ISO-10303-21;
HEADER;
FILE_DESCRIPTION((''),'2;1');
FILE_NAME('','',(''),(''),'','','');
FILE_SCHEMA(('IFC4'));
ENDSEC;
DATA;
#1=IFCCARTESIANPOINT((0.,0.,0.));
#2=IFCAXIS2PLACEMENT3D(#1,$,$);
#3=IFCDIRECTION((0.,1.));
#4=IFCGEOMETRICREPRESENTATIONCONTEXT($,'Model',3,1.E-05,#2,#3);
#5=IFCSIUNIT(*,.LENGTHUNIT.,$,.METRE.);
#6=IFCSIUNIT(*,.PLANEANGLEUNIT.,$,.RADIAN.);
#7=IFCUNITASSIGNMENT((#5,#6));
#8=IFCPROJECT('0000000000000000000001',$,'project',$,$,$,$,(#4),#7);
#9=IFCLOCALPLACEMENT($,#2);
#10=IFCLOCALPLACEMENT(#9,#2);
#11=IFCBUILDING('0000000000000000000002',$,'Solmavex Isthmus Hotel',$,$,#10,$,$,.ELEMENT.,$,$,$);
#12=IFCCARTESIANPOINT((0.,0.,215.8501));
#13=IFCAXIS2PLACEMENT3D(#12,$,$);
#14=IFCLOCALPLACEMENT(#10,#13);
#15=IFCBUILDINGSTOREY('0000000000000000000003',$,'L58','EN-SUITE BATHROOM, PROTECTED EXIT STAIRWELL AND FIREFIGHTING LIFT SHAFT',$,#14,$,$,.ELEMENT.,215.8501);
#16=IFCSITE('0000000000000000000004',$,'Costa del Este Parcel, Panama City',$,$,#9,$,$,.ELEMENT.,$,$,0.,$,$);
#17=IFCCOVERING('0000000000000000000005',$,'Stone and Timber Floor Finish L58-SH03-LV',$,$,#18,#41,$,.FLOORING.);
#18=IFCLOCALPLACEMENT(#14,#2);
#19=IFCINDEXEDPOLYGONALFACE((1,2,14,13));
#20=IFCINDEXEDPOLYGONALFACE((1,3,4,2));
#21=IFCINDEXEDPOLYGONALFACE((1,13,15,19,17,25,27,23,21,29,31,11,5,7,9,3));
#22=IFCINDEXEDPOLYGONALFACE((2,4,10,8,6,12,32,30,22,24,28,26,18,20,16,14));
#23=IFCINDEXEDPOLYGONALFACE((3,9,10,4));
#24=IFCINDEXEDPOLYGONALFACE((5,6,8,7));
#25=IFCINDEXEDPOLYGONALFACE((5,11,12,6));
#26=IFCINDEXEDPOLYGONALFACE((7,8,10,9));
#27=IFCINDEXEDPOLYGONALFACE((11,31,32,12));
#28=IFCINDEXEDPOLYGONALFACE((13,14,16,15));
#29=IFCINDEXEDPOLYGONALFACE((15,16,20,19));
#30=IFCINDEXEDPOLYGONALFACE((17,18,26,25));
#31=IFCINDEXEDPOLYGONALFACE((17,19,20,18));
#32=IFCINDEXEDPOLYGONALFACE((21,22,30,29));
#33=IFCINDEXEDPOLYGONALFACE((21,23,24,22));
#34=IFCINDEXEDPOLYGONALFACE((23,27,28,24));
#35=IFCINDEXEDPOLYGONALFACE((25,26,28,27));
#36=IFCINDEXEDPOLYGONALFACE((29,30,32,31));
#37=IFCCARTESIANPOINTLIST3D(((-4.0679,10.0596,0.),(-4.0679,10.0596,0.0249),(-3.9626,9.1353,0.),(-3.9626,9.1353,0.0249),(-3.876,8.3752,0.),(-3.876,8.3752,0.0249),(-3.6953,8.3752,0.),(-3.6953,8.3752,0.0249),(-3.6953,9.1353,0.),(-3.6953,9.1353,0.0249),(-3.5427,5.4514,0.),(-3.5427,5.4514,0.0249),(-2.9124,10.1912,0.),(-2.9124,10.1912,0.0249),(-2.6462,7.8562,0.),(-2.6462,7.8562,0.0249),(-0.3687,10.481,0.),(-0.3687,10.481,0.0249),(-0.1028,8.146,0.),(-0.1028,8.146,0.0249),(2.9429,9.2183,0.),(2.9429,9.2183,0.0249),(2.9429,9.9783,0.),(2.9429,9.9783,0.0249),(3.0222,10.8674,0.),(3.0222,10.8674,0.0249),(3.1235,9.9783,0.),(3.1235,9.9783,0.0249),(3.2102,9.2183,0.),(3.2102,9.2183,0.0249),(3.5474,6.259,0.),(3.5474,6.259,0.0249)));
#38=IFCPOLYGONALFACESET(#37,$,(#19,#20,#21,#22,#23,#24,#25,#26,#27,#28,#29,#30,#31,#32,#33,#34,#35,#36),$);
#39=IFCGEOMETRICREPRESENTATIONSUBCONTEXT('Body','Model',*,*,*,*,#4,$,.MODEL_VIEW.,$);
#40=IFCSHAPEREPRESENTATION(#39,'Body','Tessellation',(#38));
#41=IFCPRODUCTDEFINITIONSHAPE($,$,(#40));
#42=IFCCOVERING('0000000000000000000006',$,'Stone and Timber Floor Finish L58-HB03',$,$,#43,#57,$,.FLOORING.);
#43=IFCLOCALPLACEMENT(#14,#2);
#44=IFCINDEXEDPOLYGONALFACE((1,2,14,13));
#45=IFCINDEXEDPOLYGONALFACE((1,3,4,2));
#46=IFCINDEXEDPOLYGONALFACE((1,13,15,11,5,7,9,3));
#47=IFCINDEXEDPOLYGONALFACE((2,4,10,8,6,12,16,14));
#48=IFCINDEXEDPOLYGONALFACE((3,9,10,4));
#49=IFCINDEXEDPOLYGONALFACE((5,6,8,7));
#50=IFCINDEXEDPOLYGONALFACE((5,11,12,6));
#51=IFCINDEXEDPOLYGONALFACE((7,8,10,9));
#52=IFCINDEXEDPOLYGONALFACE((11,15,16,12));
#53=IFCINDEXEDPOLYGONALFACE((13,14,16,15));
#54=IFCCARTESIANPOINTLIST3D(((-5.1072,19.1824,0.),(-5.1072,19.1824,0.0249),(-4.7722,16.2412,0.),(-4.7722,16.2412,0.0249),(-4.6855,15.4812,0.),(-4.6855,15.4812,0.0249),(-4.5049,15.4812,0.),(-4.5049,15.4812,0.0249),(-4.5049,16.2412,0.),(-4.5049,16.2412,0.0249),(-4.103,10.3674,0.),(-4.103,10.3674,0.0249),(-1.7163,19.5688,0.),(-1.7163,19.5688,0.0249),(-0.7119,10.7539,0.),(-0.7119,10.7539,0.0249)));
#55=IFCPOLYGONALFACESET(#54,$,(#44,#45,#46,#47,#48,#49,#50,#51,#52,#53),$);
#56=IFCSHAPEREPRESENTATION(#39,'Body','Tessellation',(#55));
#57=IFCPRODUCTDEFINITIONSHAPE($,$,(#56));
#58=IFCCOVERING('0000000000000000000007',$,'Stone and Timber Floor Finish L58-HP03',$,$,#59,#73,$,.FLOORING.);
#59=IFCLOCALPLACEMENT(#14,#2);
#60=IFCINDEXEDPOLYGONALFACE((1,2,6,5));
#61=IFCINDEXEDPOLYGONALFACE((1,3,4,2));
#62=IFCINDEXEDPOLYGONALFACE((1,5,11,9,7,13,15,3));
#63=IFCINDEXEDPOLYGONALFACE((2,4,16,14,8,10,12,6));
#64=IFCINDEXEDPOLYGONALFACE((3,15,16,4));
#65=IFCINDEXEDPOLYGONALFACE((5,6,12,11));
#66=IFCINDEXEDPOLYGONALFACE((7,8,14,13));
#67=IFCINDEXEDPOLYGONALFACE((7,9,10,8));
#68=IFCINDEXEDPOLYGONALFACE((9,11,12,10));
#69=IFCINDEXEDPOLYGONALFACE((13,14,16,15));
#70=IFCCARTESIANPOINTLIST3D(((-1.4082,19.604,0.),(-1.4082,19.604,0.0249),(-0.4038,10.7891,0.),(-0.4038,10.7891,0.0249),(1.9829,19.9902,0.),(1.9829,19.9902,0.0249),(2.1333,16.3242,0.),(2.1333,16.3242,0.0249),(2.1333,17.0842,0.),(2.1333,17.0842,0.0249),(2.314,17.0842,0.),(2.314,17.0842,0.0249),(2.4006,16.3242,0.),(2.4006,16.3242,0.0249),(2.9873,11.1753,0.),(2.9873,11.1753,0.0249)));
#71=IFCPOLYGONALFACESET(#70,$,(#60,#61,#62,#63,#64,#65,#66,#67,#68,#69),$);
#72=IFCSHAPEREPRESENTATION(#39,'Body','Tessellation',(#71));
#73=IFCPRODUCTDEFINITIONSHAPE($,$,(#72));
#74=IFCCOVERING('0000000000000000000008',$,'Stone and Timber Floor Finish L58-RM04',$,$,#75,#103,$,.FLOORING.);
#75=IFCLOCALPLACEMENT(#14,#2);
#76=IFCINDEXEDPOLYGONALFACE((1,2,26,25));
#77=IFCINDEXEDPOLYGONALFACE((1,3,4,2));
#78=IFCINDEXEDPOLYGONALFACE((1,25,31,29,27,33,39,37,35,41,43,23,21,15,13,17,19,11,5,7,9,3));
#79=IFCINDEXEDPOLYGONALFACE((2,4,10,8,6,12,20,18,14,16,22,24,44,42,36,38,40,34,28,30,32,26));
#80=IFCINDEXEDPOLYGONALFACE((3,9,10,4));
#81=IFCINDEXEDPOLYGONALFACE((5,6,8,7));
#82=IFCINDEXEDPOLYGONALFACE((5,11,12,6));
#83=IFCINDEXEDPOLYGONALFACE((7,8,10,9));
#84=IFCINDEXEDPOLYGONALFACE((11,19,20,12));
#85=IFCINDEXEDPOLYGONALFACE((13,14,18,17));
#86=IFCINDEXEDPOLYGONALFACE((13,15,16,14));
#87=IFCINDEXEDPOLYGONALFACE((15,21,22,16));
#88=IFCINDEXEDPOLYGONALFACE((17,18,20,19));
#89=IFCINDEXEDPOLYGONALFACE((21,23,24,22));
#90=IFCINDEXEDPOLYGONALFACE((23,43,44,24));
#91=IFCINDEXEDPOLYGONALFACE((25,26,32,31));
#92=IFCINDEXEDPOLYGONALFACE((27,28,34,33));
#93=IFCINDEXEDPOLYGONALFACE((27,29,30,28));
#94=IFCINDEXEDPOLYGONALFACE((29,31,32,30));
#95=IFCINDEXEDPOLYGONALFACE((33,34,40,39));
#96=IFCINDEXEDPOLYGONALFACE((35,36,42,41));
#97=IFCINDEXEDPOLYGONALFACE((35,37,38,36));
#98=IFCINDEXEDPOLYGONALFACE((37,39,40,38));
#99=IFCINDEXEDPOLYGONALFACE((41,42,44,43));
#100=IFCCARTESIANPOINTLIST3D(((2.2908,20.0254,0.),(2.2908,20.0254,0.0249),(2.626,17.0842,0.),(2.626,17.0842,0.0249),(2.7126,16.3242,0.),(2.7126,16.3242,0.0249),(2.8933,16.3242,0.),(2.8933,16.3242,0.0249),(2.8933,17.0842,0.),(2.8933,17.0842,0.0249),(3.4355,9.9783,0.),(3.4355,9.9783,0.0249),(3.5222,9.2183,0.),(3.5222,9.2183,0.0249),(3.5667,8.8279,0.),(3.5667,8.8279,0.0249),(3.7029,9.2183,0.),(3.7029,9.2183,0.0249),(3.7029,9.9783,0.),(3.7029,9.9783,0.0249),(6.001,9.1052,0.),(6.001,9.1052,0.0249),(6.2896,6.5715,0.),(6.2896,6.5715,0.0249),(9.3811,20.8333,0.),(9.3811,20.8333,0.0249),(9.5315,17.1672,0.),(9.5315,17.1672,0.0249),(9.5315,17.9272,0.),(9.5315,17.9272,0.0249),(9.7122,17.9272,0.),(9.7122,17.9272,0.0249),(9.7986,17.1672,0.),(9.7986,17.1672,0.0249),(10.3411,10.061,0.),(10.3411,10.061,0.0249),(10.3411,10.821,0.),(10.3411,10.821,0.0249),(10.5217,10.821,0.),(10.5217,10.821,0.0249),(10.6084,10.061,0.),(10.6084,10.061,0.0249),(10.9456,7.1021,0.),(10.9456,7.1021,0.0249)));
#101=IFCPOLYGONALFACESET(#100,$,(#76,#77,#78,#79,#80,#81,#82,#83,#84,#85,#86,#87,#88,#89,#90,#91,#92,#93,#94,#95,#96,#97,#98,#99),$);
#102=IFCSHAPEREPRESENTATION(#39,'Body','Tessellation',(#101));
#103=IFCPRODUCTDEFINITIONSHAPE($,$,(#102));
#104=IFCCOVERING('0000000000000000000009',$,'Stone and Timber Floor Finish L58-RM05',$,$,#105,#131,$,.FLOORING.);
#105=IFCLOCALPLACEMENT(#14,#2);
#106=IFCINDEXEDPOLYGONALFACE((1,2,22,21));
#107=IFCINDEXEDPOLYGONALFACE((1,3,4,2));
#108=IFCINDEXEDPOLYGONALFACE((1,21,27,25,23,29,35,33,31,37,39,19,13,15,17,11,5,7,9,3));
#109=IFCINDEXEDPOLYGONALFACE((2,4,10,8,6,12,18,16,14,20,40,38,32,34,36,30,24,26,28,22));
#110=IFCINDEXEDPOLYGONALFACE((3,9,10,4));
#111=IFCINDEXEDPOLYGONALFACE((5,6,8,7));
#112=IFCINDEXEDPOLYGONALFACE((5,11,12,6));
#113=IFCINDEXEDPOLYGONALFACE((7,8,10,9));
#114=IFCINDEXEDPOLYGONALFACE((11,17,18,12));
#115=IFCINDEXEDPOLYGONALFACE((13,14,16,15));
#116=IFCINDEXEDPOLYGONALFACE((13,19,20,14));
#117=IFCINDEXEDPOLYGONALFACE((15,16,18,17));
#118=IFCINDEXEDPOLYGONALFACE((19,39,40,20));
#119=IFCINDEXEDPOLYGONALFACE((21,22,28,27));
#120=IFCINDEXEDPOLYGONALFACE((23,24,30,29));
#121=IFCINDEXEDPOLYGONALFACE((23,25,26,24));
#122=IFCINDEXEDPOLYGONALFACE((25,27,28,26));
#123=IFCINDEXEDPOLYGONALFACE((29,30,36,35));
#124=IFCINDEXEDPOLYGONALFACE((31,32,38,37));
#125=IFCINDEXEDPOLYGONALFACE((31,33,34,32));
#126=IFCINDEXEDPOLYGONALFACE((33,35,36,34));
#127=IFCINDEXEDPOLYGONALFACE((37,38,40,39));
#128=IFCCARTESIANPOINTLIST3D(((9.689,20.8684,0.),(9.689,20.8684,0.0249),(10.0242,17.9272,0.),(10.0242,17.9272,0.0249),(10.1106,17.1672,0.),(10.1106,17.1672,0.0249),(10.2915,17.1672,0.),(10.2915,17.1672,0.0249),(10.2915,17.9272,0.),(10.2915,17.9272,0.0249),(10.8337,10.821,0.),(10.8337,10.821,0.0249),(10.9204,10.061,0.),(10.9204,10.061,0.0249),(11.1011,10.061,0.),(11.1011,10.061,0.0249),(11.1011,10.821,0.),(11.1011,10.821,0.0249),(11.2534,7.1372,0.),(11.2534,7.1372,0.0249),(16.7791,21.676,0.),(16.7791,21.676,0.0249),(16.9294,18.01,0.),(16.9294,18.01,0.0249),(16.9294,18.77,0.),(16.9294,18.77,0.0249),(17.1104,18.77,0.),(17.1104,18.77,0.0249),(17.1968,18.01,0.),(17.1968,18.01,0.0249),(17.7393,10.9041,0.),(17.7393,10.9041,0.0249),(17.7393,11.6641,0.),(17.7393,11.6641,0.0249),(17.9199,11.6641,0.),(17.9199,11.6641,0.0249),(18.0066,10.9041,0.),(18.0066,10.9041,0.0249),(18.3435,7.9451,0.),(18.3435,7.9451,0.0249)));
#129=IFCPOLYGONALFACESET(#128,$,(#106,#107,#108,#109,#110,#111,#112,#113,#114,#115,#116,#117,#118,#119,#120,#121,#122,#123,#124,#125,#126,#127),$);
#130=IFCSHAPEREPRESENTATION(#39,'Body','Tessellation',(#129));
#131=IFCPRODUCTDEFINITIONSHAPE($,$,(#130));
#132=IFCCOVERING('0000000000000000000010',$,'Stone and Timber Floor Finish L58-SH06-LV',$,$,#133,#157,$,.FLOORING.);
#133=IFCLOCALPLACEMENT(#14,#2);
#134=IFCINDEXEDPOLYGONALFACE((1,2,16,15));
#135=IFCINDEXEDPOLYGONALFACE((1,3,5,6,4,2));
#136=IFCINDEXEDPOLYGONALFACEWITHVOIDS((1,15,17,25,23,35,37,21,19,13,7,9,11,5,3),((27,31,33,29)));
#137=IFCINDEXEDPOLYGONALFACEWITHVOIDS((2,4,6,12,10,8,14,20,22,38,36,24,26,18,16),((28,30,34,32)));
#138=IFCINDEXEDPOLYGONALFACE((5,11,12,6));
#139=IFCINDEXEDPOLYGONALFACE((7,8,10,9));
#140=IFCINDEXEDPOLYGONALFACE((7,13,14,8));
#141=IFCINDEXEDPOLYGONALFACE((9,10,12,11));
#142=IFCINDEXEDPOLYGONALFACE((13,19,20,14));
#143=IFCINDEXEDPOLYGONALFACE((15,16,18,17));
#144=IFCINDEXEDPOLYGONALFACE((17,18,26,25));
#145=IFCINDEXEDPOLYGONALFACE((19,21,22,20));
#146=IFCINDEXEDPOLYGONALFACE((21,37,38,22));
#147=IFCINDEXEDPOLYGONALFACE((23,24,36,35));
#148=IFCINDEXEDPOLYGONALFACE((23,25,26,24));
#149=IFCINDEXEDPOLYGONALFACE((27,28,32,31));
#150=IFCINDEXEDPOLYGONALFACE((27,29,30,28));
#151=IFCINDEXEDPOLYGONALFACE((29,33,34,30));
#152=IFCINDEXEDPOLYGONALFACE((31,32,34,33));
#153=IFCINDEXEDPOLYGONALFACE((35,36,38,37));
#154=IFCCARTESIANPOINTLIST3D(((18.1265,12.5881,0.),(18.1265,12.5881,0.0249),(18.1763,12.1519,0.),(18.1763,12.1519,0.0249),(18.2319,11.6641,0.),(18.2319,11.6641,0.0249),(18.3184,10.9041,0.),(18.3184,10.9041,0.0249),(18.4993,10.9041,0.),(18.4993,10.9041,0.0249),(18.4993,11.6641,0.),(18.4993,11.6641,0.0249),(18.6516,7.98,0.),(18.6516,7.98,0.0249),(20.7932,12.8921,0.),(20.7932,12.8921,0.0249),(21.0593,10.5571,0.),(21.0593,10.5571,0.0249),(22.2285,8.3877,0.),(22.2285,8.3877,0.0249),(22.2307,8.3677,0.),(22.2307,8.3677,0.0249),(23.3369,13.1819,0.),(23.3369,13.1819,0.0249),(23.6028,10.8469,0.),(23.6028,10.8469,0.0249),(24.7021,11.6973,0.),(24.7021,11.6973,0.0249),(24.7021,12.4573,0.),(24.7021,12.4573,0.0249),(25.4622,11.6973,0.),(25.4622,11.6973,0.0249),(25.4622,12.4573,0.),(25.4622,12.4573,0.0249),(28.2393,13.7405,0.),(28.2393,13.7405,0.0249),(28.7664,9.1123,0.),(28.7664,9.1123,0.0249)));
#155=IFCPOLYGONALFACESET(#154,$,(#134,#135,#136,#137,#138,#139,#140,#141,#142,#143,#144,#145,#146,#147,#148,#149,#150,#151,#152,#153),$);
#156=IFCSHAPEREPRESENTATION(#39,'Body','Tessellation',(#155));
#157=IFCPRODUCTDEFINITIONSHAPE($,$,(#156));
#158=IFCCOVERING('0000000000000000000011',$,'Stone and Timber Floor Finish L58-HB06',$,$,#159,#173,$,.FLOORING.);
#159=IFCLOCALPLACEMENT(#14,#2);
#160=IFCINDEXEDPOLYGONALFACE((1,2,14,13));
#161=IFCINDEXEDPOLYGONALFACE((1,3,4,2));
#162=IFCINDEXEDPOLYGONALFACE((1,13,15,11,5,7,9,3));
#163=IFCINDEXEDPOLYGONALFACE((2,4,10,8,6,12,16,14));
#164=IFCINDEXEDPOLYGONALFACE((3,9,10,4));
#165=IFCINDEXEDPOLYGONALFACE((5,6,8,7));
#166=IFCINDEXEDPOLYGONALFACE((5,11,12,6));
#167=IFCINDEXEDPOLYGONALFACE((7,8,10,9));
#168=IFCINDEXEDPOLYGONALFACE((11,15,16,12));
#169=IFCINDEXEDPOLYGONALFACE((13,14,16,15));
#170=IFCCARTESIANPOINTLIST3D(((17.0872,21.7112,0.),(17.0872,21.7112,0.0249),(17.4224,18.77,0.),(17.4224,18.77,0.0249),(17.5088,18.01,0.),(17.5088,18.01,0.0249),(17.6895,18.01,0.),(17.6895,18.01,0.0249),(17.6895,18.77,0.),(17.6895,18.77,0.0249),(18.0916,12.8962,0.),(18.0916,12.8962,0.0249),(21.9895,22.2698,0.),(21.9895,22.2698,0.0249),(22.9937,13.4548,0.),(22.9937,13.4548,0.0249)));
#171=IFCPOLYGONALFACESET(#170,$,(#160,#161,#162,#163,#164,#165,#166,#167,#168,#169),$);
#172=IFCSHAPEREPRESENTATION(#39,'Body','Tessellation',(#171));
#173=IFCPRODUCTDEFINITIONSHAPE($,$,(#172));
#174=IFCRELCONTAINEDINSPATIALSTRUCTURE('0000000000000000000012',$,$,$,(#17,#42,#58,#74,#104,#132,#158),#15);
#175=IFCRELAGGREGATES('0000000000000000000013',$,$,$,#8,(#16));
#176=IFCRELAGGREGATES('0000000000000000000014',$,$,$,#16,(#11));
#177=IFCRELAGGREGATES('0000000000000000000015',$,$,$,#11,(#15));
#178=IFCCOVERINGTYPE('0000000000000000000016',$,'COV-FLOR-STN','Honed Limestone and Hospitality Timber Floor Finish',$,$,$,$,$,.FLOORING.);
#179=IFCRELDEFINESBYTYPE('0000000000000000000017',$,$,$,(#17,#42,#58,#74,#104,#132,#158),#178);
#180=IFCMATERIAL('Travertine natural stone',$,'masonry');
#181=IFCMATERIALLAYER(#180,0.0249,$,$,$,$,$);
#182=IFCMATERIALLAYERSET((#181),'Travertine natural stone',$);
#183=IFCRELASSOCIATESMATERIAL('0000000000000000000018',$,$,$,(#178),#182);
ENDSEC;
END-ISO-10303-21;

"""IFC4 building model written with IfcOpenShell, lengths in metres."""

from ifc_helpers import new_model, si_unit, direction, frame, origin, place, context, subcontext, project, spatial, polyline, outline, extrude, material, layer, layer_set, type_object, element, save


model = new_model("IFC4")

# Units and contexts
model_context = context("Model", 3, precision=1e-05, world=origin(), true_north=direction((0.0, 1.0)))
body_context = subcontext(model_context, "Body", "Model", "MODEL_VIEW")
ifc_project = project(units=[si_unit("LENGTHUNIT", "METRE"), si_unit("PLANEANGLEUNIT", "RADIAN")], contexts=[model_context])

# Site, building, storey
site_placement = place(None, origin())
site = spatial("IfcSite", under=ifc_project, at=site_placement, Name="Costa del Este Parcel, Panama City", CompositionType="ELEMENT", RefElevation=0.0)
building_placement = place(site_placement, origin())
building = spatial("IfcBuilding", under=site, at=building_placement, Name="Solmavex Isthmus Hotel", CompositionType="ELEMENT")
storey_placement = place(building_placement, frame((0.0, 0.0, 215.8501)))
storey = spatial("IfcBuildingStorey", under=building, at=storey_placement, Name="L58", Description="EN-SUITE BATHROOM, PROTECTED EXIT STAIRWELL AND FIREFIGHTING LIFT SHAFT", CompositionType="ELEMENT", Elevation=215.8501)

# Coverings
ifc_material_1 = material(Name="Travertine natural stone", Category="masonry")
ifc_layer_1 = layer(ifc_material_1, 0.0249)
ifc_layer_set_1 = layer_set([ifc_layer_1], Name="Travertine natural stone")
covering_type_1 = type_object("IfcCoveringType", Name="COV-FLOR-STN", Description="Honed Limestone and Hospitality Timber Floor Finish", PredefinedType="FLOORING", material=ifc_layer_set_1)
covering_1_placement = place(storey_placement, origin())
element("IfcCovering", 1, at=covering_1_placement, inside=storey, type_object=covering_type_1, Name="Stone and Timber Floor Finish L58-SH03-LV", PredefinedType="FLOORING", context=body_context, shape_type="SweptSolid", body=[
    extrude(outline(polyline([(-2.9124, 10.1912), (-4.0679, 10.0596), (-3.9626, 9.1353), (-3.6953, 9.1353), (-3.6953, 8.3752), (-3.876, 8.3752), (-3.5427, 5.4514), (3.5474, 6.259), (3.2102, 9.2183), (2.9429, 9.2183), (2.9429, 9.9783), (3.1235, 9.9783), (3.0222, 10.8674), (-0.3687, 10.481), (-0.1028, 8.146), (-2.6462, 7.8562), (-2.9124, 10.1912)])), origin(), (0.0, 0.0, 1.0), 0.0249),
])
covering_2_placement = place(storey_placement, origin())
element("IfcCovering", 2, at=covering_2_placement, inside=storey, type_object=covering_type_1, Name="Stone and Timber Floor Finish L58-HB03", PredefinedType="FLOORING", context=body_context, shape_type="SweptSolid", body=[
    extrude(outline(polyline([(-4.7722, 16.2412), (-4.5049, 16.2412), (-4.5049, 15.4812), (-4.6855, 15.4812), (-4.103, 10.3674), (-0.7119, 10.7539), (-1.7163, 19.5688), (-5.1072, 19.1824), (-4.7722, 16.2412)])), origin(), (0.0, 0.0, 1.0), 0.0249),
])
covering_3_placement = place(storey_placement, origin())
element("IfcCovering", 3, at=covering_3_placement, inside=storey, type_object=covering_type_1, Name="Stone and Timber Floor Finish L58-HP03", PredefinedType="FLOORING", context=body_context, shape_type="SweptSolid", body=[
    extrude(outline(polyline([(2.4006, 16.3242), (2.1333, 16.3242), (2.1333, 17.0842), (2.314, 17.0842), (1.9829, 19.9902), (-1.4082, 19.604), (-0.4038, 10.7891), (2.9873, 11.1753), (2.4006, 16.3242)])), origin(), (0.0, 0.0, 1.0), 0.0249),
])
covering_4_placement = place(storey_placement, origin())
element("IfcCovering", 4, at=covering_4_placement, inside=storey, type_object=covering_type_1, Name="Stone and Timber Floor Finish L58-RM04", PredefinedType="FLOORING", context=body_context, shape_type="SweptSolid", body=[
    extrude(outline(polyline([(3.4355, 9.9783), (3.7029, 9.9783), (3.7029, 9.2183), (3.5222, 9.2183), (3.5667, 8.8279), (6.001, 9.1052), (6.2896, 6.5715), (10.9456, 7.1021), (10.6084, 10.061), (10.3411, 10.061), (10.3411, 10.821), (10.5217, 10.821), (9.7986, 17.1672), (9.5315, 17.1672), (9.5315, 17.9272), (9.7122, 17.9272), (9.3811, 20.8333), (2.2908, 20.0254), (2.626, 17.0842), (2.8933, 17.0842), (2.8933, 16.3242), (2.7126, 16.3242), (3.4355, 9.9783)])), origin(), (0.0, 0.0, 1.0), 0.0249),
])
covering_5_placement = place(storey_placement, origin())
element("IfcCovering", 5, at=covering_5_placement, inside=storey, type_object=covering_type_1, Name="Stone and Timber Floor Finish L58-RM05", PredefinedType="FLOORING", context=body_context, shape_type="SweptSolid", body=[
    extrude(outline(polyline([(10.8337, 10.821), (11.1011, 10.821), (11.1011, 10.061), (10.9204, 10.061), (11.2534, 7.1372), (18.3435, 7.9451), (18.0066, 10.9041), (17.7393, 10.9041), (17.7393, 11.6641), (17.9199, 11.6641), (17.1968, 18.01), (16.9294, 18.01), (16.9294, 18.77), (17.1104, 18.77), (16.7791, 21.676), (9.689, 20.8684), (10.0242, 17.9272), (10.2915, 17.9272), (10.2915, 17.1672), (10.1106, 17.1672), (10.8337, 10.821)])), origin(), (0.0, 0.0, 1.0), 0.0249),
])
covering_6_placement = place(storey_placement, origin())
element("IfcCovering", 6, at=covering_6_placement, inside=storey, type_object=covering_type_1, Name="Stone and Timber Floor Finish L58-SH06-LV", PredefinedType="FLOORING", context=body_context, shape_type="SweptSolid", body=[
    extrude(outline(polyline([(18.2319, 11.6641), (18.4993, 11.6641), (18.4993, 10.9041), (18.3184, 10.9041), (18.6516, 7.98), (22.2285, 8.3877), (22.2307, 8.3677), (28.7664, 9.1123), (28.2393, 13.7405), (23.3369, 13.1819), (23.6028, 10.8469), (21.0593, 10.5571), (20.7932, 12.8921), (18.1265, 12.5881), (18.1763, 12.1519), (18.2319, 11.6641)]), holes=[polyline([(24.7021, 11.6973), (24.7021, 12.4573), (25.4622, 12.4573), (25.4622, 11.6973), (24.7021, 11.6973)])]), origin(), (0.0, 0.0, 1.0), 0.0249),
])
covering_7_placement = place(storey_placement, origin())
element("IfcCovering", 7, at=covering_7_placement, inside=storey, type_object=covering_type_1, Name="Stone and Timber Floor Finish L58-HB06", PredefinedType="FLOORING", context=body_context, shape_type="SweptSolid", body=[
    extrude(outline(polyline([(17.4224, 18.77), (17.6895, 18.77), (17.6895, 18.01), (17.5088, 18.01), (18.0916, 12.8962), (22.9937, 13.4548), (21.9895, 22.2698), (17.0872, 21.7112), (17.4224, 18.77)])), origin(), (0.0, 0.0, 1.0), 0.0249),
])

save(model, "model.ifc")
